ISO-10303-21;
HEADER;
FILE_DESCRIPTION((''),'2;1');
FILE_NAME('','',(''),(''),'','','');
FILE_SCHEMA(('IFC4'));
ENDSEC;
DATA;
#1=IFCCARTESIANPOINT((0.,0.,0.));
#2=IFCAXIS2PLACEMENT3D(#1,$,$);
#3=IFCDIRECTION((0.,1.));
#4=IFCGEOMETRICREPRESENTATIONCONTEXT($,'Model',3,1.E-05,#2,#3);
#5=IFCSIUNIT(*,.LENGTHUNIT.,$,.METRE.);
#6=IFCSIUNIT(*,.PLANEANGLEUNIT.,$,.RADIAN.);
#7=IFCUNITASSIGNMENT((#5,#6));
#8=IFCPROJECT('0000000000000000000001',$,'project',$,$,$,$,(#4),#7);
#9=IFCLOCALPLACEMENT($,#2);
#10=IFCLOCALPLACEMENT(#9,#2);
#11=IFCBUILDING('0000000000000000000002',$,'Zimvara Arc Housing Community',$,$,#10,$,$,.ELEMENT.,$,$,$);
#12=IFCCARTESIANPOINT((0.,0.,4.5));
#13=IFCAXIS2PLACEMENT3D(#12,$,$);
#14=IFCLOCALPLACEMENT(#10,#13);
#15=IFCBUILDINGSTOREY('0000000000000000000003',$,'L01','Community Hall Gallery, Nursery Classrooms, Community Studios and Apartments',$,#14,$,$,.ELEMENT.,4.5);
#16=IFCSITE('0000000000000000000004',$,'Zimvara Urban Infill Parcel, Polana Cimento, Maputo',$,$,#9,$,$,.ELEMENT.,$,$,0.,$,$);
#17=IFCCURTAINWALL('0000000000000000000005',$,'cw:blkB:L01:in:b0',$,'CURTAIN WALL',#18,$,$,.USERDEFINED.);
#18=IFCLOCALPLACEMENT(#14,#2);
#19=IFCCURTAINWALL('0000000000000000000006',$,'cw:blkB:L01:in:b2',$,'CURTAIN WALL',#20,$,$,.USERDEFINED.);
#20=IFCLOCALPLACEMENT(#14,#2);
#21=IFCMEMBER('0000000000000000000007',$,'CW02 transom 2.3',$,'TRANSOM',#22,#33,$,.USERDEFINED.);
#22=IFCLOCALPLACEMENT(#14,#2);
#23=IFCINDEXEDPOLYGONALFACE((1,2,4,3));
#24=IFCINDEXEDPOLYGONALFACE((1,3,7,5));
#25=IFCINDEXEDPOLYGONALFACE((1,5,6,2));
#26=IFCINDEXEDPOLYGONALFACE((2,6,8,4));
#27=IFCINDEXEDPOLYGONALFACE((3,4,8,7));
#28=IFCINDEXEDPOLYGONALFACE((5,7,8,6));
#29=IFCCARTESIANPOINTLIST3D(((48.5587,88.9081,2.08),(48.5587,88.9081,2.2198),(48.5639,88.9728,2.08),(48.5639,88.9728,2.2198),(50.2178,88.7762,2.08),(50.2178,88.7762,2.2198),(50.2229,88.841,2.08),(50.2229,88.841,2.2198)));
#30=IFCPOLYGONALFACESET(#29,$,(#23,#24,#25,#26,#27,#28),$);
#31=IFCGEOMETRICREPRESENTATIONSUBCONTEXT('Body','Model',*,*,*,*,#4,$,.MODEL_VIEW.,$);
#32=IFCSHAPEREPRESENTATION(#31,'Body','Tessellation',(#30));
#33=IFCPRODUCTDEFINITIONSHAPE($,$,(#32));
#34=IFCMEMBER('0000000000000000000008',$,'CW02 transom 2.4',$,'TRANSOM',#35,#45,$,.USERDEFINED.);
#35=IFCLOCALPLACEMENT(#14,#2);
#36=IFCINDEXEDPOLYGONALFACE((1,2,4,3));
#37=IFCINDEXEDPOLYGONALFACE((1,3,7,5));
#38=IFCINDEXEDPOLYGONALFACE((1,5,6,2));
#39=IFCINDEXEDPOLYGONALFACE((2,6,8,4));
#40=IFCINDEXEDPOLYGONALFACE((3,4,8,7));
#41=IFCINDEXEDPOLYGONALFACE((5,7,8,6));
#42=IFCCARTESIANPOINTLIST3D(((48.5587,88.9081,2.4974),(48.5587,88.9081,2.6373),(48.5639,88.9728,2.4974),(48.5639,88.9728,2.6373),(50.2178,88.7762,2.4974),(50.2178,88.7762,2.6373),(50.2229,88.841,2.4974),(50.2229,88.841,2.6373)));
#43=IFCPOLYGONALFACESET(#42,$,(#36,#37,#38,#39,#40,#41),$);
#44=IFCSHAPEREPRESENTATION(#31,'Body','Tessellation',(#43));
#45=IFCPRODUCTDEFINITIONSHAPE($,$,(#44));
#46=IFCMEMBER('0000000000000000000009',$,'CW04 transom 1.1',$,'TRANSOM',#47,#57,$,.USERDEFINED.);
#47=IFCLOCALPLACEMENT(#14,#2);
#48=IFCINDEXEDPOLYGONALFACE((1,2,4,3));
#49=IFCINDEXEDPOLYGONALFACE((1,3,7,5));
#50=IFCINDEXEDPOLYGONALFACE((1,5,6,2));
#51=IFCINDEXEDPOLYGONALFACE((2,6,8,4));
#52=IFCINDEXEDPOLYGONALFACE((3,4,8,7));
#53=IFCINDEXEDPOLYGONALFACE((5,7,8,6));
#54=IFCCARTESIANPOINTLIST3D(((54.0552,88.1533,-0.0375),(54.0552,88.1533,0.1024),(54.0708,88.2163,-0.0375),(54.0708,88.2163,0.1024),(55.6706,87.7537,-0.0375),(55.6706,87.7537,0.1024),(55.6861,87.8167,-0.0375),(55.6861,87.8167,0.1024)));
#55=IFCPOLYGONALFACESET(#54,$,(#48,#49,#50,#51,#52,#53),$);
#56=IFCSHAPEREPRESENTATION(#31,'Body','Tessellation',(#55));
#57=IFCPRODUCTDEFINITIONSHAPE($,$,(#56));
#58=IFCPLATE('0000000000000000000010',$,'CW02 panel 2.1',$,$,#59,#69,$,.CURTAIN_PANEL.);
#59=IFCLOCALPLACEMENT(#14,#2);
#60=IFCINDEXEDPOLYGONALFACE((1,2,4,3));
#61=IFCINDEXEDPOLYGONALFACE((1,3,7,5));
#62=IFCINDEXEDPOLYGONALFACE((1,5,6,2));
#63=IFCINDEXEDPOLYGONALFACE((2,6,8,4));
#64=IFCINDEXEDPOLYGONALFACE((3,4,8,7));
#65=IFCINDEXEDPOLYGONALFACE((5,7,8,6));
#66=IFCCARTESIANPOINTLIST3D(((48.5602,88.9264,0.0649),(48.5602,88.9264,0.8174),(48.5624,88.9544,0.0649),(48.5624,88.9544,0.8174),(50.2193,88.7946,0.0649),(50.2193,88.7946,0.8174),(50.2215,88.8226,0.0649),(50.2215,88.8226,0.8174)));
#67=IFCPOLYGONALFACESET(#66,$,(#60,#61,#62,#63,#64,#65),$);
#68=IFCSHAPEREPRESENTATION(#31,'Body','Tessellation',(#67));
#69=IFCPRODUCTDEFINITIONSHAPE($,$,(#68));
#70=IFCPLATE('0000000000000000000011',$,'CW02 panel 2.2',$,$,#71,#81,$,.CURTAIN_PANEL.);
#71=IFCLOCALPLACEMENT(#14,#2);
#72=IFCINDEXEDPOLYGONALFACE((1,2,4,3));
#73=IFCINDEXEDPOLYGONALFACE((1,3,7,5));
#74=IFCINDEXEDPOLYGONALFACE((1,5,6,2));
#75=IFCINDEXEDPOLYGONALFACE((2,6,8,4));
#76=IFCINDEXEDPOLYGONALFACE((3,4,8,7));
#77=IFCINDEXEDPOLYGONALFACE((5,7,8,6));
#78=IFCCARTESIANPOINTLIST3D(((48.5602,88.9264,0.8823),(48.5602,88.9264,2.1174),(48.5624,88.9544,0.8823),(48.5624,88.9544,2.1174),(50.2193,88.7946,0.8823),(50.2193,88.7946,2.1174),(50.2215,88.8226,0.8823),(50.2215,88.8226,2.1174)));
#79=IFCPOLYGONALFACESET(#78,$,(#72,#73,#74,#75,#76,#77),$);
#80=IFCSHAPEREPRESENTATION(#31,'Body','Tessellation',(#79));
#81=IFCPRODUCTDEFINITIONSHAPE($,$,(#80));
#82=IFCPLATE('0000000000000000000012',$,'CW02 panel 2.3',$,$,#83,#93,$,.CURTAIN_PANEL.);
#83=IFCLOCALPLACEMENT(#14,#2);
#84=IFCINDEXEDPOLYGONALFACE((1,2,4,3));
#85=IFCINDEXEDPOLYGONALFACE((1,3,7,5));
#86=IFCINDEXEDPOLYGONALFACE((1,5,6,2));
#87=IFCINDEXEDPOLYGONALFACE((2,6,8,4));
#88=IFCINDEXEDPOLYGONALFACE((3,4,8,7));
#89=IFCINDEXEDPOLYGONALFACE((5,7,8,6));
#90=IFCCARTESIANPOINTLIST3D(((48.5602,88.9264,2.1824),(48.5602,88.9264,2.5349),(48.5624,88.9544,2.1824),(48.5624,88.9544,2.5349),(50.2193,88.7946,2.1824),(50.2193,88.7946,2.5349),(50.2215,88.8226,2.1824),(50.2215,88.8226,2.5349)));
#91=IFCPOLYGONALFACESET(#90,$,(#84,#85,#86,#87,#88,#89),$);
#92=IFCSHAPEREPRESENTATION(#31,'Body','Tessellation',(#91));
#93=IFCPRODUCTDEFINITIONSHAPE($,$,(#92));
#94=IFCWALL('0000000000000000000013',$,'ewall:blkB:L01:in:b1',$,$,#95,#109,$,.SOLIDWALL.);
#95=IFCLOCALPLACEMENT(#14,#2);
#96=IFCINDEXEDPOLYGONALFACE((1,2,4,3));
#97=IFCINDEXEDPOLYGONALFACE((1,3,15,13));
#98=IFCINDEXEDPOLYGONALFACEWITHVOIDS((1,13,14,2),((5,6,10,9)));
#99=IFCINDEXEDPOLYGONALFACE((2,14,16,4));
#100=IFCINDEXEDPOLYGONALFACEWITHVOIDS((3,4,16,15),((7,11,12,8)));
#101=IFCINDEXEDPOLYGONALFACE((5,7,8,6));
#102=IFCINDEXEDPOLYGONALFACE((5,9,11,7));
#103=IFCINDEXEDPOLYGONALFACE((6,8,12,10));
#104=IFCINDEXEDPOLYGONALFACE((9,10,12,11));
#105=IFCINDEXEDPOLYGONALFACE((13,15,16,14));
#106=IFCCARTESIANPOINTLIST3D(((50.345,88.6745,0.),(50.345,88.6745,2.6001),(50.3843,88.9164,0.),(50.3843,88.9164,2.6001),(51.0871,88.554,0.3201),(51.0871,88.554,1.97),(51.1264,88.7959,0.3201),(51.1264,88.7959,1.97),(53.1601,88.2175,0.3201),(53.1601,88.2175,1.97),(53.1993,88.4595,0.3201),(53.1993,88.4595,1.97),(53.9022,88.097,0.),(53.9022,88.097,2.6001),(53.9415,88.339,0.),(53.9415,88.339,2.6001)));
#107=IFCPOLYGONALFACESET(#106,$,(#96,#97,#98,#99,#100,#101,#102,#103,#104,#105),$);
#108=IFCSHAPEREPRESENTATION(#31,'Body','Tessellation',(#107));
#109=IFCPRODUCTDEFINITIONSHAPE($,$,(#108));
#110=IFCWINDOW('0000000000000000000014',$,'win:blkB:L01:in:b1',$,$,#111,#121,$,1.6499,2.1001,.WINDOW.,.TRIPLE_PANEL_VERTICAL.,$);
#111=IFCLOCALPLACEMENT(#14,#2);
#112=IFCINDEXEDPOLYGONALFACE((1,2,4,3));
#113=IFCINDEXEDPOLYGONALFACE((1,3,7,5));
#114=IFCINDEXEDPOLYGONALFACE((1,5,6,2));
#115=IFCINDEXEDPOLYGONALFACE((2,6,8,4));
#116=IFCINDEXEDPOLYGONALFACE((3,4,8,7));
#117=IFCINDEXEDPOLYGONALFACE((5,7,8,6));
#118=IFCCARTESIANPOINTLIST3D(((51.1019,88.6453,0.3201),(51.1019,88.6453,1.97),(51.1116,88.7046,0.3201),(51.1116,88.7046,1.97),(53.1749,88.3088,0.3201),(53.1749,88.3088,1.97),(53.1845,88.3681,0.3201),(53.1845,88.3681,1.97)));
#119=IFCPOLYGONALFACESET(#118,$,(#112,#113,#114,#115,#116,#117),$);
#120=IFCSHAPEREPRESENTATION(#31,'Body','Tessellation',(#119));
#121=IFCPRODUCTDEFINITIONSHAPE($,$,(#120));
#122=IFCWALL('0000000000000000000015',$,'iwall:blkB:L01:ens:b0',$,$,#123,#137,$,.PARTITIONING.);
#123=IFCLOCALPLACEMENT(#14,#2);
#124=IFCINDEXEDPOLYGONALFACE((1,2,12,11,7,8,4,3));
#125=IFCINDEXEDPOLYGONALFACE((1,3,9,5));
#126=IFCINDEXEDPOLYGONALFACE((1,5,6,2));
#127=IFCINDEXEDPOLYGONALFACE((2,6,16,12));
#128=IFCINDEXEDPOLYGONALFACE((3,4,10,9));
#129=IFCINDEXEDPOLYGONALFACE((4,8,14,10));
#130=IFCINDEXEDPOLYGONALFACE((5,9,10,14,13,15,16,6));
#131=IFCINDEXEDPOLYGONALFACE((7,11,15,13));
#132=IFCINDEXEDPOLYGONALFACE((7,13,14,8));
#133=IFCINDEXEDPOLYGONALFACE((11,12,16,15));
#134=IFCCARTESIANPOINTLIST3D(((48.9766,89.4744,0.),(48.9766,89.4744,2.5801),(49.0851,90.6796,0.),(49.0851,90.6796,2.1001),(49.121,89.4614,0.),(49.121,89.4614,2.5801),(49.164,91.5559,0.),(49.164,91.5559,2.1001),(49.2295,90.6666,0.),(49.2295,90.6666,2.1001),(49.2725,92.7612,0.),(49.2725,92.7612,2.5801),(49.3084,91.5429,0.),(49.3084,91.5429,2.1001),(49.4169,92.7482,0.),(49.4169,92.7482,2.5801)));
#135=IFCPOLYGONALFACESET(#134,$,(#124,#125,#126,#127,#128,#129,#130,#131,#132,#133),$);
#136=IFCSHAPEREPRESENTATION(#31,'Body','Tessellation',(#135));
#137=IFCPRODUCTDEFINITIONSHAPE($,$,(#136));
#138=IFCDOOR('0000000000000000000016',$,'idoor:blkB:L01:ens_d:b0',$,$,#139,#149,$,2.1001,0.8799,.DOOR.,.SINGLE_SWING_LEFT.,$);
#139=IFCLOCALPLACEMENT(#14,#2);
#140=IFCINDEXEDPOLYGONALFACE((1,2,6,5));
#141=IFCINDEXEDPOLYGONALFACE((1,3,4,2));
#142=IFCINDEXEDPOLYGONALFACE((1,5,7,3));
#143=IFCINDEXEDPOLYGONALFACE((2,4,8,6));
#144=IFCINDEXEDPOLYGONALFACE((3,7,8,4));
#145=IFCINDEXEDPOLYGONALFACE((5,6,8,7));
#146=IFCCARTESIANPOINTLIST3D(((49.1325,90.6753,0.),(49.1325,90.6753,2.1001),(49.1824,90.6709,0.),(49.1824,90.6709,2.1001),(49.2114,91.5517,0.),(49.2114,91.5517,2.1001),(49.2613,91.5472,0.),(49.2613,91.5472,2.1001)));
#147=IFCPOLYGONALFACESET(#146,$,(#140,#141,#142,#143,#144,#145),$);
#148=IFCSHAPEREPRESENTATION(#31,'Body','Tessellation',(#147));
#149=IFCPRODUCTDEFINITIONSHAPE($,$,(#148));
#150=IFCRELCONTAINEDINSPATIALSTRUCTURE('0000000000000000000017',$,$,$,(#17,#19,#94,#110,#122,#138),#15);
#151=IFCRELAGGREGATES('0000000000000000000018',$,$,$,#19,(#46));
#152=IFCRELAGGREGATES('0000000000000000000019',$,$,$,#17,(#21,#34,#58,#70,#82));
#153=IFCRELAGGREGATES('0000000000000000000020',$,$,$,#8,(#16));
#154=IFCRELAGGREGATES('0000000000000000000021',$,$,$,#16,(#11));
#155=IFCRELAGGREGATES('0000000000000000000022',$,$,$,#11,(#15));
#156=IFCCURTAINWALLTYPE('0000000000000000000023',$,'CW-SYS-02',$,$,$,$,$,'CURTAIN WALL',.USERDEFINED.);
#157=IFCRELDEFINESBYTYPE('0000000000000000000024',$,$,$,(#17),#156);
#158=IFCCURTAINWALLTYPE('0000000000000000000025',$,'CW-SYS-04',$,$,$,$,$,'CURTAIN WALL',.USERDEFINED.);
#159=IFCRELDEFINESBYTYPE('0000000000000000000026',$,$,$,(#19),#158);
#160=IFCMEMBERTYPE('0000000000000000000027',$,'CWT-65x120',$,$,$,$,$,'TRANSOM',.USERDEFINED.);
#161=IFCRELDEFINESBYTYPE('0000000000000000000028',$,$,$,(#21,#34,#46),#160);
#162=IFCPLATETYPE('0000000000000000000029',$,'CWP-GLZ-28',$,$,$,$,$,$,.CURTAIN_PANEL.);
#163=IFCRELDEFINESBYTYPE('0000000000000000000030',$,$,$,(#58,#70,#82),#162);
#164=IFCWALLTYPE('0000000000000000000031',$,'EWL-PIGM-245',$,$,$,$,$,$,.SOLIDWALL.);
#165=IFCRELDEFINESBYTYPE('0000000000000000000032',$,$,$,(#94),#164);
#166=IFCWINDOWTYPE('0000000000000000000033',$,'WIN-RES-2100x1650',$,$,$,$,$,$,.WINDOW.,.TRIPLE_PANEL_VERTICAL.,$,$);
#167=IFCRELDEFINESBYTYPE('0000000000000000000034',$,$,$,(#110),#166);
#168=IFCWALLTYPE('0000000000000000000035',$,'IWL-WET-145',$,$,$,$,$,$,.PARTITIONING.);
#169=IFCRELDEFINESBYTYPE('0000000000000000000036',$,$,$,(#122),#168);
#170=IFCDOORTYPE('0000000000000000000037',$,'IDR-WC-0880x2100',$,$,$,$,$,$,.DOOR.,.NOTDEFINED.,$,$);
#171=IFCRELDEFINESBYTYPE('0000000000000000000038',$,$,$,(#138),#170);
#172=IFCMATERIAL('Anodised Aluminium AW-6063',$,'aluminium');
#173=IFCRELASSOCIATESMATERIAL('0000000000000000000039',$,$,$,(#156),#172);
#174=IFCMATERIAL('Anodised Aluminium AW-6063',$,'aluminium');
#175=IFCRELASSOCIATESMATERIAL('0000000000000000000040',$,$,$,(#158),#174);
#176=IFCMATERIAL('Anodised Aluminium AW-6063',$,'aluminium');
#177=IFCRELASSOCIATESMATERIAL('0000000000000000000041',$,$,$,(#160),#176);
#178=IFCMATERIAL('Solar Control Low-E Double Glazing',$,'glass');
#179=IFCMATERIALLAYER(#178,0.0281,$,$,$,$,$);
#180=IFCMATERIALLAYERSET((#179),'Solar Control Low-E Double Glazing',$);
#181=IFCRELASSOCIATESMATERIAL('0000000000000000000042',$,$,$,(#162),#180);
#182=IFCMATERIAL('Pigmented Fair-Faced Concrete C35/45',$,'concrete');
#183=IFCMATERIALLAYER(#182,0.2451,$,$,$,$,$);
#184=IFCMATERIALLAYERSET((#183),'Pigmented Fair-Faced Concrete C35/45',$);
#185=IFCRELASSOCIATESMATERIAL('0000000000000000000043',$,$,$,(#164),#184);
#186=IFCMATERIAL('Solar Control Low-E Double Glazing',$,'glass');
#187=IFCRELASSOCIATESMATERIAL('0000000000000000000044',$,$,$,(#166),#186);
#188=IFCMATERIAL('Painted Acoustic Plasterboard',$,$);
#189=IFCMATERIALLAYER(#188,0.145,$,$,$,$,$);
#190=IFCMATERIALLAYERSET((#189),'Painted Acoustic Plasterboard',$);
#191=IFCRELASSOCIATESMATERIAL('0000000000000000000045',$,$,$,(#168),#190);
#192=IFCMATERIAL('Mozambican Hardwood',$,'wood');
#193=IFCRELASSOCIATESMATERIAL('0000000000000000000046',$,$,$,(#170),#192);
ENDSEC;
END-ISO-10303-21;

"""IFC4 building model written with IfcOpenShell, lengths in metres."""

from ifc_helpers import new_model, si_unit, direction, frame, frame_2d, origin, origin_2d, place, context, subcontext, project, spatial, rectangle, extrude, material, layer, layer_set, material_profile, profile_set, type_object, element, fill, aggregate, save


model = new_model("IFC4")

# Units and contexts
model_context = context("Model", 3, precision=1e-05, world=origin(), true_north=direction((0.0, 1.0)))
body_context = subcontext(model_context, "Body", "Model", "MODEL_VIEW")
ifc_project = project(units=[si_unit("LENGTHUNIT", "METRE"), si_unit("PLANEANGLEUNIT", "RADIAN")], contexts=[model_context])

# Site, building, storey
site_placement = place(None, origin())
site = spatial("IfcSite", under=ifc_project, at=site_placement, Name="Zimvara Urban Infill Parcel, Polana Cimento, Maputo", CompositionType="ELEMENT", RefElevation=0.0)
building_placement = place(site_placement, origin())
building = spatial("IfcBuilding", under=site, at=building_placement, Name="Zimvara Arc Housing Community", CompositionType="ELEMENT")
storey_placement = place(building_placement, frame((0.0, 0.0, 4.5)))
storey = spatial("IfcBuildingStorey", under=building, at=storey_placement, Name="L01", Description="Community Hall Gallery, Nursery Classrooms, Community Studios and Apartments", CompositionType="ELEMENT", Elevation=4.5)

# Curtain walls
ifc_material_1 = material(Name="Anodised Aluminium AW-6063", Category="aluminium")
curtain_wall_type_1 = type_object("IfcCurtainWallType", Name="CW-SYS-02", ElementType="CURTAIN WALL", PredefinedType="USERDEFINED", material=ifc_material_1)
curtain_wall_1_placement = place(storey_placement, origin())
curtain_wall_1 = element("IfcCurtainWall", 1, at=curtain_wall_1_placement, inside=storey, type_object=curtain_wall_type_1, Name="cw:blkB:L01:in:b0", ObjectType="CURTAIN WALL", PredefinedType="USERDEFINED")
ifc_material_2 = material(Name="Anodised Aluminium AW-6063", Category="aluminium")
curtain_wall_type_2 = type_object("IfcCurtainWallType", Name="CW-SYS-04", ElementType="CURTAIN WALL", PredefinedType="USERDEFINED", material=ifc_material_2)
curtain_wall_2_placement = place(storey_placement, origin())
curtain_wall_2 = element("IfcCurtainWall", 2, at=curtain_wall_2_placement, inside=storey, type_object=curtain_wall_type_2, Name="cw:blkB:L01:in:b2", ObjectType="CURTAIN WALL", PredefinedType="USERDEFINED")

# Members
ifc_material_3 = material(Name="Anodised Aluminium AW-6063", Category="aluminium")
ifc_material_profile_1 = material_profile(ifc_material_3, rectangle(XDim=0.0649, YDim=0.1399, at=origin_2d()), Name="ALU 65x140")
ifc_profile_set_1 = profile_set([ifc_material_profile_1], Name="Anodised Aluminium AW-6063")
member_type_1 = type_object("IfcMemberType", Name="CWT-65x120", ElementType="TRANSOM", PredefinedType="USERDEFINED", material=ifc_profile_set_1)
member_1_placement = place(storey_placement, frame((48.5613, 88.9404, 2.1499), z_axis=(0.996858, -0.079209, 0.0), x_axis=(0.079209, 0.996858, 0.0)))
member_1 = element("IfcMember", 3, at=member_1_placement, type_object=member_type_1, Name="CW02 transom 2.3", ObjectType="TRANSOM", PredefinedType="USERDEFINED", context=body_context, shape_type="SweptSolid", body=[
    extrude(rectangle(XDim=0.0649, YDim=0.1399, at=origin_2d()), origin(), (0.0, 0.0, 1.0), 1.6643),
])
member_2_placement = place(storey_placement, frame((48.5613, 88.9404, 2.5674), z_axis=(0.996858, -0.079209, 0.0), x_axis=(0.079209, 0.996858, 0.0)))
member_2 = element("IfcMember", 4, at=member_2_placement, type_object=member_type_1, Name="CW02 transom 2.4", ObjectType="TRANSOM", PredefinedType="USERDEFINED", context=body_context, shape_type="SweptSolid", body=[
    extrude(rectangle(XDim=0.0649, YDim=0.1399, at=origin_2d()), origin(), (0.0, 0.0, 1.0), 1.6643),
])
member_3_placement = place(storey_placement, frame((54.063, 88.1848, 0.0325), z_axis=(0.970735, -0.240153, 0.0), x_axis=(0.240153, 0.970735, 0.0)))
member_3 = element("IfcMember", 5, at=member_3_placement, type_object=member_type_1, Name="CW04 transom 1.1", ObjectType="TRANSOM", PredefinedType="USERDEFINED", context=body_context, shape_type="SweptSolid", body=[
    extrude(rectangle(XDim=0.0649, YDim=0.1399, at=origin_2d()), origin(), (0.0, 0.0, 1.0), 1.6641),
])
aggregate(curtain_wall_2, [member_3])

# Plates
ifc_material_4 = material(Name="Solar Control Low-E Double Glazing", Category="glass")
ifc_layer_1 = layer(ifc_material_4, 0.0281)
ifc_layer_set_1 = layer_set([ifc_layer_1], Name="Solar Control Low-E Double Glazing")
plate_type = type_object("IfcPlateType", Name="CWP-GLZ-28", PredefinedType="CURTAIN_PANEL", material=ifc_layer_set_1)
plate_1_placement = place(storey_placement, frame((49.3909, 88.8745, 0.0649), z_axis=(0.0, 0.0, 1.0), x_axis=(0.996862, -0.079155, 0.0)))
plate_1 = element("IfcPlate", 6, at=plate_1_placement, type_object=plate_type, Name="CW02 panel 2.1", PredefinedType="CURTAIN_PANEL", context=body_context, shape_type="SweptSolid", body=[
    extrude(rectangle(XDim=1.6643, YDim=0.0281, at=origin_2d()), origin(), (0.0, 0.0, 1.0), 0.7524),
])
plate_2_placement = place(storey_placement, frame((49.3909, 88.8745, 0.8823), z_axis=(0.0, 0.0, 1.0), x_axis=(0.996862, -0.079155, 0.0)))
plate_2 = element("IfcPlate", 7, at=plate_2_placement, type_object=plate_type, Name="CW02 panel 2.2", PredefinedType="CURTAIN_PANEL", context=body_context, shape_type="SweptSolid", body=[
    extrude(rectangle(XDim=1.6643, YDim=0.0281, at=origin_2d()), origin(), (0.0, 0.0, 1.0), 1.2351),
])
plate_3_placement = place(storey_placement, frame((49.3909, 88.8745, 2.1824), z_axis=(0.0, 0.0, 1.0), x_axis=(0.996862, -0.079155, 0.0)))
plate_3 = element("IfcPlate", 8, at=plate_3_placement, type_object=plate_type, Name="CW02 panel 2.3", PredefinedType="CURTAIN_PANEL", context=body_context, shape_type="SweptSolid", body=[
    extrude(rectangle(XDim=1.6643, YDim=0.0281, at=origin_2d()), origin(), (0.0, 0.0, 1.0), 0.3525),
])
aggregate(curtain_wall_1, [member_1, member_2, plate_1, plate_2, plate_3])

# Wall, opening, window
ifc_material_5 = material(Name="Pigmented Fair-Faced Concrete C35/45", Category="concrete")
ifc_layer_2 = layer(ifc_material_5, 0.2451)
ifc_layer_set_2 = layer_set([ifc_layer_2], Name="Pigmented Fair-Faced Concrete C35/45")
wall_type_1 = type_object("IfcWallType", Name="EWL-PIGM-245", PredefinedType="SOLIDWALL", material=ifc_layer_set_2)
wall_1_placement = place(storey_placement, frame((50.3647, 88.7954, 0.0), z_axis=(0.0, 0.0, 1.0), x_axis=(0.987081, -0.160223, 0.0)))
wall_1 = element("IfcWall", 9, at=wall_1_placement, inside=storey, type_object=wall_type_1, Name="ewall:blkB:L01:in:b1", PredefinedType="SOLIDWALL", context=body_context, shape_type="SweptSolid", body=[
    extrude(rectangle(XDim=3.6038, YDim=0.2451, at=frame_2d((1.8018, 0.0))), origin(), (0.0, 0.0, 1.0), 2.6001),
])
opening_1_placement = place(wall_1_placement, frame((0.7517, 0.0, 0.3201)))
opening_1 = element("IfcOpeningElement", 10, at=opening_1_placement, cuts=wall_1, PredefinedType="OPENING", context=body_context, shape_type="SweptSolid", body=[
    extrude(rectangle(XDim=2.1001, YDim=1.6499, at=frame_2d((1.05, 0.825))), frame((0.0, 0.1326, 0.0), z_axis=(0.0, -1.0, 0.0), x_axis=(1.0, 0.0, 0.0)), (0.0, 0.0, 1.0), 0.2651),
])
ifc_material_6 = material(Name="Solar Control Low-E Double Glazing", Category="glass")
window_type = type_object("IfcWindowType", Name="WIN-RES-2100x1650", PartitioningType="TRIPLE_PANEL_VERTICAL", PredefinedType="WINDOW", material=ifc_material_6)
window_placement = place(opening_1_placement, origin())
window = element("IfcWindow", 11, at=window_placement, inside=storey, type_object=window_type, Name="win:blkB:L01:in:b1", OverallHeight=1.6499, OverallWidth=2.1001, PartitioningType="TRIPLE_PANEL_VERTICAL", PredefinedType="WINDOW", context=body_context, shape_type="SweptSolid", body=[
    extrude(rectangle(XDim=2.1001, YDim=1.6499, at=frame_2d((1.05, 0.825))), frame((0.0, 0.03, 0.0), z_axis=(0.0, -1.0, 0.0), x_axis=(1.0, 0.0, 0.0)), (0.0, 0.0, 1.0), 0.0601),
])
fill(opening_1, window)

# Wall, opening, door
ifc_material_7 = material(Name="Painted Acoustic Plasterboard")
ifc_layer_3 = layer(ifc_material_7, 0.145)
ifc_layer_set_3 = layer_set([ifc_layer_3], Name="Painted Acoustic Plasterboard")
wall_type_2 = type_object("IfcWallType", Name="IWL-WET-145", PredefinedType="PARTITIONING", material=ifc_layer_set_3)
wall_2_placement = place(storey_placement, frame((49.0488, 89.468, 0.0), z_axis=(0.0, 0.0, 1.0), x_axis=(0.089662, 0.995972, 0.0)))
wall_2 = element("IfcWall", 12, at=wall_2_placement, inside=storey, type_object=wall_type_2, Name="iwall:blkB:L01:ens:b0", PredefinedType="PARTITIONING", context=body_context, shape_type="SweptSolid", body=[
    extrude(rectangle(XDim=3.3, YDim=0.145, at=frame_2d((1.6499, 0.0))), origin(), (0.0, 0.0, 1.0), 2.5801),
])
opening_2_placement = place(wall_2_placement, frame((1.21, 0.0, 0.0)))
opening_2 = element("IfcOpeningElement", 13, at=opening_2_placement, cuts=wall_2, PredefinedType="OPENING", context=body_context, shape_type="SweptSolid", body=[
    extrude(rectangle(XDim=0.8799, YDim=2.1001, at=frame_2d((0.4399, 1.05))), frame((0.0, 0.0825, 0.0), z_axis=(0.0, -1.0, 0.0), x_axis=(1.0, 0.0, 0.0)), (0.0, 0.0, 1.0), 0.165),
])
ifc_material_8 = material(Name="Mozambican Hardwood", Category="wood")
door_type = type_object("IfcDoorType", Name="IDR-WC-0880x2100", OperationType="NOTDEFINED", PredefinedType="DOOR", material=ifc_material_8)
door_placement = place(opening_2_placement, origin())
door = element("IfcDoor", 14, at=door_placement, inside=storey, type_object=door_type, Name="idoor:blkB:L01:ens_d:b0", OperationType="SINGLE_SWING_LEFT", OverallHeight=2.1001, OverallWidth=0.8799, PredefinedType="DOOR", context=body_context, shape_type="SweptSolid", body=[
    extrude(rectangle(XDim=0.8799, YDim=2.1001, at=frame_2d((0.4399, 1.05))), frame((0.0, 0.0249, 0.0), z_axis=(0.0, -1.0, 0.0), x_axis=(1.0, 0.0, 0.0)), (0.0, 0.0, 1.0), 0.05),
])
fill(opening_2, door)

save(model, "model.ifc")
